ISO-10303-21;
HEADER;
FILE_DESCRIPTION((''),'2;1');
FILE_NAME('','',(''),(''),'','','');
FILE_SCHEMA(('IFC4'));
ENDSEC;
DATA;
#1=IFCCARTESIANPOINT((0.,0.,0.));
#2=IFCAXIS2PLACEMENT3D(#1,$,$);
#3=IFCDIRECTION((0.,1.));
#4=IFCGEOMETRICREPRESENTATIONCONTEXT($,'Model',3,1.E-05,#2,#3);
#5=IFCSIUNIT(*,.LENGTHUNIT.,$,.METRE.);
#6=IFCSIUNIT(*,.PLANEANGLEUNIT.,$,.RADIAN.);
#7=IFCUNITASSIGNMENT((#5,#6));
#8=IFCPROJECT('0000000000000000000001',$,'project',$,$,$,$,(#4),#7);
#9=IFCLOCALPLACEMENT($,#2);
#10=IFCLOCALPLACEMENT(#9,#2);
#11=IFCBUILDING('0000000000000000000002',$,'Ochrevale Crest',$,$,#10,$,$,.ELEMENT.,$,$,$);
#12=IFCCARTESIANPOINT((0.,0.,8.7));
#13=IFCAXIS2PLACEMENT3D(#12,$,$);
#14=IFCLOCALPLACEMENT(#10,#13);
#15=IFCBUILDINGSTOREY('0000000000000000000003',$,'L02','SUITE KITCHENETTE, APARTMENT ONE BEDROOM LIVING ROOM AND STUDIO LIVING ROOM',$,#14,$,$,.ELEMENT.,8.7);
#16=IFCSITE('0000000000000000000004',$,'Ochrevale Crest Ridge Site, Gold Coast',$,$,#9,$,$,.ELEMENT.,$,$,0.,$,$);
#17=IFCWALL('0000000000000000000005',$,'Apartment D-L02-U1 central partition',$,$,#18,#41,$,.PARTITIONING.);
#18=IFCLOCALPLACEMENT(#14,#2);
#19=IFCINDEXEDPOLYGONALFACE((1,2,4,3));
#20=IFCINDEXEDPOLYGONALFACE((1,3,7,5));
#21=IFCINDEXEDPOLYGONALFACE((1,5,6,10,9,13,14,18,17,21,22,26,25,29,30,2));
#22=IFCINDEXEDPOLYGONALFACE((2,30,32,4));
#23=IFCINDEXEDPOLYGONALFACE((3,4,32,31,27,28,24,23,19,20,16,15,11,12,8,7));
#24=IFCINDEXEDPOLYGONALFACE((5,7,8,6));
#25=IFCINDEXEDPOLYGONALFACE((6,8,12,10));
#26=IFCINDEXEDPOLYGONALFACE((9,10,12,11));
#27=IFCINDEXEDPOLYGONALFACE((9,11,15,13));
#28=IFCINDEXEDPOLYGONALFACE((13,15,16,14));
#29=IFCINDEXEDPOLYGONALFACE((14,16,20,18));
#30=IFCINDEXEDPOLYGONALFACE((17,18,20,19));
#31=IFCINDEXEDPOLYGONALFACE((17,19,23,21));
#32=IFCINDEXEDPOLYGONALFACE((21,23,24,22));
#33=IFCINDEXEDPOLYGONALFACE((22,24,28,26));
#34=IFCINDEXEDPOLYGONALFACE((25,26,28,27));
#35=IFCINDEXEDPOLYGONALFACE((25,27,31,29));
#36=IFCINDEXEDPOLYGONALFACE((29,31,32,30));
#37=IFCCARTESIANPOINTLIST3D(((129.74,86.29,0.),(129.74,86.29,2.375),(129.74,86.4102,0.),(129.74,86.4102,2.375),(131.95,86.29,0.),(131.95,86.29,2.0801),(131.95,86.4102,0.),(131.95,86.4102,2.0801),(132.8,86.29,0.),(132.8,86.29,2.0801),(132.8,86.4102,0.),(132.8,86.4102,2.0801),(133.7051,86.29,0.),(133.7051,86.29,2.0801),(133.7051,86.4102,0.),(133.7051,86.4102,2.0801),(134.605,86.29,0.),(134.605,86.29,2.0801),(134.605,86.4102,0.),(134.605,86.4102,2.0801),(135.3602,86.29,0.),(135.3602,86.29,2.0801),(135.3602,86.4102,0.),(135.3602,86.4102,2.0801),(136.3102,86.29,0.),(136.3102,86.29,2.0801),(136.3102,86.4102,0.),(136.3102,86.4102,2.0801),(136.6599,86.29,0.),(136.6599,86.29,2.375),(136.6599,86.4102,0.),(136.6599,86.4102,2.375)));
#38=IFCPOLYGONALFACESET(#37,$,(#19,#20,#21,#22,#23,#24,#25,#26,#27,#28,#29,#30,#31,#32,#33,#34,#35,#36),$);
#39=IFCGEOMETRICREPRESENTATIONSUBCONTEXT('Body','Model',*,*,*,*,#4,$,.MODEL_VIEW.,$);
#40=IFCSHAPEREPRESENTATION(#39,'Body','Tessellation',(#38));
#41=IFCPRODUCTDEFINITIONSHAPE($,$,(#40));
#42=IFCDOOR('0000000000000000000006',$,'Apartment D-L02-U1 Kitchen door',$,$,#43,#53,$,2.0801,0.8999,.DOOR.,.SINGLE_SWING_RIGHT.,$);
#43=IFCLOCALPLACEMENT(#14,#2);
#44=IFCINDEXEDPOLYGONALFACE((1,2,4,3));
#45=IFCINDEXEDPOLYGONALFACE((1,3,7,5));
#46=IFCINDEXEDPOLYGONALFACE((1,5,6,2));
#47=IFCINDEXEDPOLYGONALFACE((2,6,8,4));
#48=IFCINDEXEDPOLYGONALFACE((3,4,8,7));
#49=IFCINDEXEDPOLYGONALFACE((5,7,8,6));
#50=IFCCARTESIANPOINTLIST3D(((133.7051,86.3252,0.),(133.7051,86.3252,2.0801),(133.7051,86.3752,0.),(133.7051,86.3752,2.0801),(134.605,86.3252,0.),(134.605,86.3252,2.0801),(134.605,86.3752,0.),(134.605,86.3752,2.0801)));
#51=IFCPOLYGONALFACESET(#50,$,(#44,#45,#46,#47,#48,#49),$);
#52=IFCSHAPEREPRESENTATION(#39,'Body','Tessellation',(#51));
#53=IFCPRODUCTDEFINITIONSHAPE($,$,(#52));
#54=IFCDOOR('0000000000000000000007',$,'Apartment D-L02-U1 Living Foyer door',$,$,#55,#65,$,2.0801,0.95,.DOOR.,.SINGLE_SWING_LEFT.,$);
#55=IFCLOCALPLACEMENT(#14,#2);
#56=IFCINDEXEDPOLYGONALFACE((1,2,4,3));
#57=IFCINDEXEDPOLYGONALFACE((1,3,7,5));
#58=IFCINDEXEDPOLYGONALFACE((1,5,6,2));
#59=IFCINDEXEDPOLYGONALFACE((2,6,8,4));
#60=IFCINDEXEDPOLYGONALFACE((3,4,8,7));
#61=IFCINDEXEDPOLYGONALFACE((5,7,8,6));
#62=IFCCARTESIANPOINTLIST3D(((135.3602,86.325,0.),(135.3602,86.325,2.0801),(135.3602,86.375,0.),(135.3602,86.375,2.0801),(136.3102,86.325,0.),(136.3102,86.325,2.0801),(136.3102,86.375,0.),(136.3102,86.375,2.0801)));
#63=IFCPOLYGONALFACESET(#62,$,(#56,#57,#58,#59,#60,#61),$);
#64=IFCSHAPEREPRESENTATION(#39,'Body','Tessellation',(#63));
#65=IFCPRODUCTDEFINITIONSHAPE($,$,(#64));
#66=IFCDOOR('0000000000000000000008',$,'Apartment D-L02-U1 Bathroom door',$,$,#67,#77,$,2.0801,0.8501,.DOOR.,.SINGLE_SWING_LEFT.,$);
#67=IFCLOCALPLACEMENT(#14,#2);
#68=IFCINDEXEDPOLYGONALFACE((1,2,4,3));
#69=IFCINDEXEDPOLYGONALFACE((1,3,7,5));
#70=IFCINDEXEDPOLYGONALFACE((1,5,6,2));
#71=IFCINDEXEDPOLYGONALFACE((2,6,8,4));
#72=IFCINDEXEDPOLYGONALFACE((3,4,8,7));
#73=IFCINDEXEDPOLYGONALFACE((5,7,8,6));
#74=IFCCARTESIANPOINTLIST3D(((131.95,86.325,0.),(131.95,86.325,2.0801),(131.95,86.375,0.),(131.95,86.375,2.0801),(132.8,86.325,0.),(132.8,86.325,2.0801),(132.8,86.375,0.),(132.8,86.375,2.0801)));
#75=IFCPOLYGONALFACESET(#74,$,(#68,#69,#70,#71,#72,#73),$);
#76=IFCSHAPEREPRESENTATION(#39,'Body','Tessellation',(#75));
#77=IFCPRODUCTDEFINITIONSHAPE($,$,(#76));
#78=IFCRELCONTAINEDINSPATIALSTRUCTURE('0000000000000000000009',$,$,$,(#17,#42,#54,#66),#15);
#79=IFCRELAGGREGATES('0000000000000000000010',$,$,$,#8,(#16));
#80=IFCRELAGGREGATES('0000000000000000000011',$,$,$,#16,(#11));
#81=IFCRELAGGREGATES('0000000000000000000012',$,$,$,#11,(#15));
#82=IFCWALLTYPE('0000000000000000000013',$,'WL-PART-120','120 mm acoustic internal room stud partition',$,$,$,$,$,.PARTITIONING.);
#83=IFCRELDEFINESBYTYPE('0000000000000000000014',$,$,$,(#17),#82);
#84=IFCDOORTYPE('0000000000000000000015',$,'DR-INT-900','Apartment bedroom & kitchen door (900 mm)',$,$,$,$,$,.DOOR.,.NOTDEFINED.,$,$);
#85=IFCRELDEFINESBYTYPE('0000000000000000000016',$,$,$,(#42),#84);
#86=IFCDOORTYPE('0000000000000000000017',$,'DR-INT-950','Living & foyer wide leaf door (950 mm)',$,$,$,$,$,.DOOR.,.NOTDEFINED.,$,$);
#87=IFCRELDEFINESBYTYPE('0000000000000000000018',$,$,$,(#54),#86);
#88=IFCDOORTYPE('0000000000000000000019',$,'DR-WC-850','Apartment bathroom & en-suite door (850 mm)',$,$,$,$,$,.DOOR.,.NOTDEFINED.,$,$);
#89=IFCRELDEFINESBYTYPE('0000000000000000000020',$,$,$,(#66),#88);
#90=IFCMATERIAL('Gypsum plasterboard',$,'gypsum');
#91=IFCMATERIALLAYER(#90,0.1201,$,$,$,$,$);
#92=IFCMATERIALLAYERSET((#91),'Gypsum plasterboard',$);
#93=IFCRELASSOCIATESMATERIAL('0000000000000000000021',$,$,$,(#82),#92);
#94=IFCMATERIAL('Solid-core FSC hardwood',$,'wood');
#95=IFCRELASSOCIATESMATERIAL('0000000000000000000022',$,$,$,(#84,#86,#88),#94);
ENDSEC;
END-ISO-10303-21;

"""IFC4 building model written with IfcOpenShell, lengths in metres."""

from ifc_helpers import new_model, si_unit, direction, frame, frame_2d, origin, place, context, subcontext, project, spatial, rectangle, extrude, material, layer, layer_set, type_object, element, fill, save


model = new_model("IFC4")

# Units and contexts
model_context = context("Model", 3, precision=1e-05, world=origin(), true_north=direction((0.0, 1.0)))
body_context = subcontext(model_context, "Body", "Model", "MODEL_VIEW")
ifc_project = project(units=[si_unit("LENGTHUNIT", "METRE"), si_unit("PLANEANGLEUNIT", "RADIAN")], contexts=[model_context])

# Site, building, storey
site_placement = place(None, origin())
site = spatial("IfcSite", under=ifc_project, at=site_placement, Name="Ochrevale Crest Ridge Site, Gold Coast", CompositionType="ELEMENT", RefElevation=0.0)
building_placement = place(site_placement, origin())
building = spatial("IfcBuilding", under=site, at=building_placement, Name="Ochrevale Crest", CompositionType="ELEMENT")
storey_placement = place(building_placement, frame((0.0, 0.0, 8.7)))
storey = spatial("IfcBuildingStorey", under=building, at=storey_placement, Name="L02", Description="SUITE KITCHENETTE, APARTMENT ONE BEDROOM LIVING ROOM AND STUDIO LIVING ROOM", CompositionType="ELEMENT", Elevation=8.7)

# Wall, openings, doors
ifc_material_1 = material(Name="Gypsum plasterboard", Category="gypsum")
ifc_layer_1 = layer(ifc_material_1, 0.1201)
ifc_layer_set_1 = layer_set([ifc_layer_1], Name="Gypsum plasterboard")
wall_type_1 = type_object("IfcWallType", Name="WL-PART-120", Description="120 mm acoustic internal room stud partition", PredefinedType="PARTITIONING", material=ifc_layer_set_1)
wall_1_placement = place(storey_placement, frame((129.74, 86.3501, 0.0), z_axis=(0.0, 0.0, 1.0), x_axis=(1.0, 0.0, 0.0)))
wall_1 = element("IfcWall", 1, at=wall_1_placement, inside=storey, type_object=wall_type_1, Name="Apartment D-L02-U1 central partition", PredefinedType="PARTITIONING", context=body_context, shape_type="SweptSolid", body=[
    extrude(rectangle(XDim=6.9199, YDim=0.1201, at=frame_2d((3.46, 0.0))), origin(), (0.0, 0.0, 1.0), 2.375),
])
opening_1_placement = place(wall_1_placement, frame((2.21, 0.0, 0.0)))
opening_1 = element("IfcOpeningElement", 2, at=opening_1_placement, cuts=wall_1, PredefinedType="OPENING", context=body_context, shape_type="SweptSolid", body=[
    extrude(rectangle(XDim=0.8501, YDim=2.0801, at=frame_2d((0.425, 1.04))), frame((0.0, 0.0701, 0.0), z_axis=(0.0, -1.0, 0.0), x_axis=(1.0, 0.0, 0.0)), (0.0, 0.0, 1.0), 0.1401),
])
opening_2_placement = place(wall_1_placement, frame((4.865, 0.0, 0.0), z_axis=(0.0, 0.0, 1.0), x_axis=(-1.0, 0.0, 0.0)))
opening_2 = element("IfcOpeningElement", 3, at=opening_2_placement, cuts=wall_1, PredefinedType="OPENING", context=body_context, shape_type="SweptSolid", body=[
    extrude(rectangle(XDim=0.8999, YDim=2.0801, at=frame_2d((0.45, 1.04))), frame((0.0, 0.0701, 0.0), z_axis=(0.0, -1.0, 0.0), x_axis=(1.0, 0.0, 0.0)), (0.0, 0.0, 1.0), 0.1401),
])
opening_3_placement = place(wall_1_placement, frame((5.6201, 0.0, 0.0)))
opening_3 = element("IfcOpeningElement", 4, at=opening_3_placement, cuts=wall_1, PredefinedType="OPENING", context=body_context, shape_type="SweptSolid", body=[
    extrude(rectangle(XDim=0.95, YDim=2.0801, at=frame_2d((0.4751, 1.04))), frame((0.0, 0.0701, 0.0), z_axis=(0.0, -1.0, 0.0), x_axis=(1.0, 0.0, 0.0)), (0.0, 0.0, 1.0), 0.1401),
])
ifc_material_2 = material(Name="Solid-core FSC hardwood", Category="wood")
door_type_1 = type_object("IfcDoorType", Name="DR-INT-900", Description="Apartment bedroom & kitchen door (900 mm)", OperationType="NOTDEFINED", PredefinedType="DOOR", material=ifc_material_2)
door_1_placement = place(opening_2_placement, origin())
door_1 = element("IfcDoor", 5, at=door_1_placement, inside=storey, type_object=door_type_1, Name="Apartment D-L02-U1 Kitchen door", OperationType="SINGLE_SWING_RIGHT", OverallHeight=2.0801, OverallWidth=0.8999, PredefinedType="DOOR", context=body_context, shape_type="SweptSolid", body=[
    extrude(rectangle(XDim=0.8999, YDim=2.0801, at=frame_2d((0.45, 1.04))), frame((0.0, 0.0249, 0.0), z_axis=(0.0, -1.0, 0.0), x_axis=(1.0, 0.0, 0.0)), (0.0, 0.0, 1.0), 0.05),
])
fill(opening_2, door_1)
door_type_2 = type_object("IfcDoorType", Name="DR-INT-950", Description="Living & foyer wide leaf door (950 mm)", OperationType="NOTDEFINED", PredefinedType="DOOR", material=ifc_material_2)
door_2_placement = place(opening_3_placement, origin())
door_2 = element("IfcDoor", 6, at=door_2_placement, inside=storey, type_object=door_type_2, Name="Apartment D-L02-U1 Living Foyer door", OperationType="SINGLE_SWING_LEFT", OverallHeight=2.0801, OverallWidth=0.95, PredefinedType="DOOR", context=body_context, shape_type="SweptSolid", body=[
    extrude(rectangle(XDim=0.95, YDim=2.0801, at=frame_2d((0.4751, 1.04))), frame((0.0, 0.0249, 0.0), z_axis=(0.0, -1.0, 0.0), x_axis=(1.0, 0.0, 0.0)), (0.0, 0.0, 1.0), 0.05),
])
fill(opening_3, door_2)
door_type_3 = type_object("IfcDoorType", Name="DR-WC-850", Description="Apartment bathroom & en-suite door (850 mm)", OperationType="NOTDEFINED", PredefinedType="DOOR", material=ifc_material_2)
door_3_placement = place(opening_1_placement, origin())
door_3 = element("IfcDoor", 7, at=door_3_placement, inside=storey, type_object=door_type_3, Name="Apartment D-L02-U1 Bathroom door", OperationType="SINGLE_SWING_LEFT", OverallHeight=2.0801, OverallWidth=0.8501, PredefinedType="DOOR", context=body_context, shape_type="SweptSolid", body=[
    extrude(rectangle(XDim=0.8501, YDim=2.0801, at=frame_2d((0.425, 1.04))), frame((0.0, 0.0249, 0.0), z_axis=(0.0, -1.0, 0.0), x_axis=(1.0, 0.0, 0.0)), (0.0, 0.0, 1.0), 0.05),
])
fill(opening_1, door_3)

save(model, "model.ifc")
